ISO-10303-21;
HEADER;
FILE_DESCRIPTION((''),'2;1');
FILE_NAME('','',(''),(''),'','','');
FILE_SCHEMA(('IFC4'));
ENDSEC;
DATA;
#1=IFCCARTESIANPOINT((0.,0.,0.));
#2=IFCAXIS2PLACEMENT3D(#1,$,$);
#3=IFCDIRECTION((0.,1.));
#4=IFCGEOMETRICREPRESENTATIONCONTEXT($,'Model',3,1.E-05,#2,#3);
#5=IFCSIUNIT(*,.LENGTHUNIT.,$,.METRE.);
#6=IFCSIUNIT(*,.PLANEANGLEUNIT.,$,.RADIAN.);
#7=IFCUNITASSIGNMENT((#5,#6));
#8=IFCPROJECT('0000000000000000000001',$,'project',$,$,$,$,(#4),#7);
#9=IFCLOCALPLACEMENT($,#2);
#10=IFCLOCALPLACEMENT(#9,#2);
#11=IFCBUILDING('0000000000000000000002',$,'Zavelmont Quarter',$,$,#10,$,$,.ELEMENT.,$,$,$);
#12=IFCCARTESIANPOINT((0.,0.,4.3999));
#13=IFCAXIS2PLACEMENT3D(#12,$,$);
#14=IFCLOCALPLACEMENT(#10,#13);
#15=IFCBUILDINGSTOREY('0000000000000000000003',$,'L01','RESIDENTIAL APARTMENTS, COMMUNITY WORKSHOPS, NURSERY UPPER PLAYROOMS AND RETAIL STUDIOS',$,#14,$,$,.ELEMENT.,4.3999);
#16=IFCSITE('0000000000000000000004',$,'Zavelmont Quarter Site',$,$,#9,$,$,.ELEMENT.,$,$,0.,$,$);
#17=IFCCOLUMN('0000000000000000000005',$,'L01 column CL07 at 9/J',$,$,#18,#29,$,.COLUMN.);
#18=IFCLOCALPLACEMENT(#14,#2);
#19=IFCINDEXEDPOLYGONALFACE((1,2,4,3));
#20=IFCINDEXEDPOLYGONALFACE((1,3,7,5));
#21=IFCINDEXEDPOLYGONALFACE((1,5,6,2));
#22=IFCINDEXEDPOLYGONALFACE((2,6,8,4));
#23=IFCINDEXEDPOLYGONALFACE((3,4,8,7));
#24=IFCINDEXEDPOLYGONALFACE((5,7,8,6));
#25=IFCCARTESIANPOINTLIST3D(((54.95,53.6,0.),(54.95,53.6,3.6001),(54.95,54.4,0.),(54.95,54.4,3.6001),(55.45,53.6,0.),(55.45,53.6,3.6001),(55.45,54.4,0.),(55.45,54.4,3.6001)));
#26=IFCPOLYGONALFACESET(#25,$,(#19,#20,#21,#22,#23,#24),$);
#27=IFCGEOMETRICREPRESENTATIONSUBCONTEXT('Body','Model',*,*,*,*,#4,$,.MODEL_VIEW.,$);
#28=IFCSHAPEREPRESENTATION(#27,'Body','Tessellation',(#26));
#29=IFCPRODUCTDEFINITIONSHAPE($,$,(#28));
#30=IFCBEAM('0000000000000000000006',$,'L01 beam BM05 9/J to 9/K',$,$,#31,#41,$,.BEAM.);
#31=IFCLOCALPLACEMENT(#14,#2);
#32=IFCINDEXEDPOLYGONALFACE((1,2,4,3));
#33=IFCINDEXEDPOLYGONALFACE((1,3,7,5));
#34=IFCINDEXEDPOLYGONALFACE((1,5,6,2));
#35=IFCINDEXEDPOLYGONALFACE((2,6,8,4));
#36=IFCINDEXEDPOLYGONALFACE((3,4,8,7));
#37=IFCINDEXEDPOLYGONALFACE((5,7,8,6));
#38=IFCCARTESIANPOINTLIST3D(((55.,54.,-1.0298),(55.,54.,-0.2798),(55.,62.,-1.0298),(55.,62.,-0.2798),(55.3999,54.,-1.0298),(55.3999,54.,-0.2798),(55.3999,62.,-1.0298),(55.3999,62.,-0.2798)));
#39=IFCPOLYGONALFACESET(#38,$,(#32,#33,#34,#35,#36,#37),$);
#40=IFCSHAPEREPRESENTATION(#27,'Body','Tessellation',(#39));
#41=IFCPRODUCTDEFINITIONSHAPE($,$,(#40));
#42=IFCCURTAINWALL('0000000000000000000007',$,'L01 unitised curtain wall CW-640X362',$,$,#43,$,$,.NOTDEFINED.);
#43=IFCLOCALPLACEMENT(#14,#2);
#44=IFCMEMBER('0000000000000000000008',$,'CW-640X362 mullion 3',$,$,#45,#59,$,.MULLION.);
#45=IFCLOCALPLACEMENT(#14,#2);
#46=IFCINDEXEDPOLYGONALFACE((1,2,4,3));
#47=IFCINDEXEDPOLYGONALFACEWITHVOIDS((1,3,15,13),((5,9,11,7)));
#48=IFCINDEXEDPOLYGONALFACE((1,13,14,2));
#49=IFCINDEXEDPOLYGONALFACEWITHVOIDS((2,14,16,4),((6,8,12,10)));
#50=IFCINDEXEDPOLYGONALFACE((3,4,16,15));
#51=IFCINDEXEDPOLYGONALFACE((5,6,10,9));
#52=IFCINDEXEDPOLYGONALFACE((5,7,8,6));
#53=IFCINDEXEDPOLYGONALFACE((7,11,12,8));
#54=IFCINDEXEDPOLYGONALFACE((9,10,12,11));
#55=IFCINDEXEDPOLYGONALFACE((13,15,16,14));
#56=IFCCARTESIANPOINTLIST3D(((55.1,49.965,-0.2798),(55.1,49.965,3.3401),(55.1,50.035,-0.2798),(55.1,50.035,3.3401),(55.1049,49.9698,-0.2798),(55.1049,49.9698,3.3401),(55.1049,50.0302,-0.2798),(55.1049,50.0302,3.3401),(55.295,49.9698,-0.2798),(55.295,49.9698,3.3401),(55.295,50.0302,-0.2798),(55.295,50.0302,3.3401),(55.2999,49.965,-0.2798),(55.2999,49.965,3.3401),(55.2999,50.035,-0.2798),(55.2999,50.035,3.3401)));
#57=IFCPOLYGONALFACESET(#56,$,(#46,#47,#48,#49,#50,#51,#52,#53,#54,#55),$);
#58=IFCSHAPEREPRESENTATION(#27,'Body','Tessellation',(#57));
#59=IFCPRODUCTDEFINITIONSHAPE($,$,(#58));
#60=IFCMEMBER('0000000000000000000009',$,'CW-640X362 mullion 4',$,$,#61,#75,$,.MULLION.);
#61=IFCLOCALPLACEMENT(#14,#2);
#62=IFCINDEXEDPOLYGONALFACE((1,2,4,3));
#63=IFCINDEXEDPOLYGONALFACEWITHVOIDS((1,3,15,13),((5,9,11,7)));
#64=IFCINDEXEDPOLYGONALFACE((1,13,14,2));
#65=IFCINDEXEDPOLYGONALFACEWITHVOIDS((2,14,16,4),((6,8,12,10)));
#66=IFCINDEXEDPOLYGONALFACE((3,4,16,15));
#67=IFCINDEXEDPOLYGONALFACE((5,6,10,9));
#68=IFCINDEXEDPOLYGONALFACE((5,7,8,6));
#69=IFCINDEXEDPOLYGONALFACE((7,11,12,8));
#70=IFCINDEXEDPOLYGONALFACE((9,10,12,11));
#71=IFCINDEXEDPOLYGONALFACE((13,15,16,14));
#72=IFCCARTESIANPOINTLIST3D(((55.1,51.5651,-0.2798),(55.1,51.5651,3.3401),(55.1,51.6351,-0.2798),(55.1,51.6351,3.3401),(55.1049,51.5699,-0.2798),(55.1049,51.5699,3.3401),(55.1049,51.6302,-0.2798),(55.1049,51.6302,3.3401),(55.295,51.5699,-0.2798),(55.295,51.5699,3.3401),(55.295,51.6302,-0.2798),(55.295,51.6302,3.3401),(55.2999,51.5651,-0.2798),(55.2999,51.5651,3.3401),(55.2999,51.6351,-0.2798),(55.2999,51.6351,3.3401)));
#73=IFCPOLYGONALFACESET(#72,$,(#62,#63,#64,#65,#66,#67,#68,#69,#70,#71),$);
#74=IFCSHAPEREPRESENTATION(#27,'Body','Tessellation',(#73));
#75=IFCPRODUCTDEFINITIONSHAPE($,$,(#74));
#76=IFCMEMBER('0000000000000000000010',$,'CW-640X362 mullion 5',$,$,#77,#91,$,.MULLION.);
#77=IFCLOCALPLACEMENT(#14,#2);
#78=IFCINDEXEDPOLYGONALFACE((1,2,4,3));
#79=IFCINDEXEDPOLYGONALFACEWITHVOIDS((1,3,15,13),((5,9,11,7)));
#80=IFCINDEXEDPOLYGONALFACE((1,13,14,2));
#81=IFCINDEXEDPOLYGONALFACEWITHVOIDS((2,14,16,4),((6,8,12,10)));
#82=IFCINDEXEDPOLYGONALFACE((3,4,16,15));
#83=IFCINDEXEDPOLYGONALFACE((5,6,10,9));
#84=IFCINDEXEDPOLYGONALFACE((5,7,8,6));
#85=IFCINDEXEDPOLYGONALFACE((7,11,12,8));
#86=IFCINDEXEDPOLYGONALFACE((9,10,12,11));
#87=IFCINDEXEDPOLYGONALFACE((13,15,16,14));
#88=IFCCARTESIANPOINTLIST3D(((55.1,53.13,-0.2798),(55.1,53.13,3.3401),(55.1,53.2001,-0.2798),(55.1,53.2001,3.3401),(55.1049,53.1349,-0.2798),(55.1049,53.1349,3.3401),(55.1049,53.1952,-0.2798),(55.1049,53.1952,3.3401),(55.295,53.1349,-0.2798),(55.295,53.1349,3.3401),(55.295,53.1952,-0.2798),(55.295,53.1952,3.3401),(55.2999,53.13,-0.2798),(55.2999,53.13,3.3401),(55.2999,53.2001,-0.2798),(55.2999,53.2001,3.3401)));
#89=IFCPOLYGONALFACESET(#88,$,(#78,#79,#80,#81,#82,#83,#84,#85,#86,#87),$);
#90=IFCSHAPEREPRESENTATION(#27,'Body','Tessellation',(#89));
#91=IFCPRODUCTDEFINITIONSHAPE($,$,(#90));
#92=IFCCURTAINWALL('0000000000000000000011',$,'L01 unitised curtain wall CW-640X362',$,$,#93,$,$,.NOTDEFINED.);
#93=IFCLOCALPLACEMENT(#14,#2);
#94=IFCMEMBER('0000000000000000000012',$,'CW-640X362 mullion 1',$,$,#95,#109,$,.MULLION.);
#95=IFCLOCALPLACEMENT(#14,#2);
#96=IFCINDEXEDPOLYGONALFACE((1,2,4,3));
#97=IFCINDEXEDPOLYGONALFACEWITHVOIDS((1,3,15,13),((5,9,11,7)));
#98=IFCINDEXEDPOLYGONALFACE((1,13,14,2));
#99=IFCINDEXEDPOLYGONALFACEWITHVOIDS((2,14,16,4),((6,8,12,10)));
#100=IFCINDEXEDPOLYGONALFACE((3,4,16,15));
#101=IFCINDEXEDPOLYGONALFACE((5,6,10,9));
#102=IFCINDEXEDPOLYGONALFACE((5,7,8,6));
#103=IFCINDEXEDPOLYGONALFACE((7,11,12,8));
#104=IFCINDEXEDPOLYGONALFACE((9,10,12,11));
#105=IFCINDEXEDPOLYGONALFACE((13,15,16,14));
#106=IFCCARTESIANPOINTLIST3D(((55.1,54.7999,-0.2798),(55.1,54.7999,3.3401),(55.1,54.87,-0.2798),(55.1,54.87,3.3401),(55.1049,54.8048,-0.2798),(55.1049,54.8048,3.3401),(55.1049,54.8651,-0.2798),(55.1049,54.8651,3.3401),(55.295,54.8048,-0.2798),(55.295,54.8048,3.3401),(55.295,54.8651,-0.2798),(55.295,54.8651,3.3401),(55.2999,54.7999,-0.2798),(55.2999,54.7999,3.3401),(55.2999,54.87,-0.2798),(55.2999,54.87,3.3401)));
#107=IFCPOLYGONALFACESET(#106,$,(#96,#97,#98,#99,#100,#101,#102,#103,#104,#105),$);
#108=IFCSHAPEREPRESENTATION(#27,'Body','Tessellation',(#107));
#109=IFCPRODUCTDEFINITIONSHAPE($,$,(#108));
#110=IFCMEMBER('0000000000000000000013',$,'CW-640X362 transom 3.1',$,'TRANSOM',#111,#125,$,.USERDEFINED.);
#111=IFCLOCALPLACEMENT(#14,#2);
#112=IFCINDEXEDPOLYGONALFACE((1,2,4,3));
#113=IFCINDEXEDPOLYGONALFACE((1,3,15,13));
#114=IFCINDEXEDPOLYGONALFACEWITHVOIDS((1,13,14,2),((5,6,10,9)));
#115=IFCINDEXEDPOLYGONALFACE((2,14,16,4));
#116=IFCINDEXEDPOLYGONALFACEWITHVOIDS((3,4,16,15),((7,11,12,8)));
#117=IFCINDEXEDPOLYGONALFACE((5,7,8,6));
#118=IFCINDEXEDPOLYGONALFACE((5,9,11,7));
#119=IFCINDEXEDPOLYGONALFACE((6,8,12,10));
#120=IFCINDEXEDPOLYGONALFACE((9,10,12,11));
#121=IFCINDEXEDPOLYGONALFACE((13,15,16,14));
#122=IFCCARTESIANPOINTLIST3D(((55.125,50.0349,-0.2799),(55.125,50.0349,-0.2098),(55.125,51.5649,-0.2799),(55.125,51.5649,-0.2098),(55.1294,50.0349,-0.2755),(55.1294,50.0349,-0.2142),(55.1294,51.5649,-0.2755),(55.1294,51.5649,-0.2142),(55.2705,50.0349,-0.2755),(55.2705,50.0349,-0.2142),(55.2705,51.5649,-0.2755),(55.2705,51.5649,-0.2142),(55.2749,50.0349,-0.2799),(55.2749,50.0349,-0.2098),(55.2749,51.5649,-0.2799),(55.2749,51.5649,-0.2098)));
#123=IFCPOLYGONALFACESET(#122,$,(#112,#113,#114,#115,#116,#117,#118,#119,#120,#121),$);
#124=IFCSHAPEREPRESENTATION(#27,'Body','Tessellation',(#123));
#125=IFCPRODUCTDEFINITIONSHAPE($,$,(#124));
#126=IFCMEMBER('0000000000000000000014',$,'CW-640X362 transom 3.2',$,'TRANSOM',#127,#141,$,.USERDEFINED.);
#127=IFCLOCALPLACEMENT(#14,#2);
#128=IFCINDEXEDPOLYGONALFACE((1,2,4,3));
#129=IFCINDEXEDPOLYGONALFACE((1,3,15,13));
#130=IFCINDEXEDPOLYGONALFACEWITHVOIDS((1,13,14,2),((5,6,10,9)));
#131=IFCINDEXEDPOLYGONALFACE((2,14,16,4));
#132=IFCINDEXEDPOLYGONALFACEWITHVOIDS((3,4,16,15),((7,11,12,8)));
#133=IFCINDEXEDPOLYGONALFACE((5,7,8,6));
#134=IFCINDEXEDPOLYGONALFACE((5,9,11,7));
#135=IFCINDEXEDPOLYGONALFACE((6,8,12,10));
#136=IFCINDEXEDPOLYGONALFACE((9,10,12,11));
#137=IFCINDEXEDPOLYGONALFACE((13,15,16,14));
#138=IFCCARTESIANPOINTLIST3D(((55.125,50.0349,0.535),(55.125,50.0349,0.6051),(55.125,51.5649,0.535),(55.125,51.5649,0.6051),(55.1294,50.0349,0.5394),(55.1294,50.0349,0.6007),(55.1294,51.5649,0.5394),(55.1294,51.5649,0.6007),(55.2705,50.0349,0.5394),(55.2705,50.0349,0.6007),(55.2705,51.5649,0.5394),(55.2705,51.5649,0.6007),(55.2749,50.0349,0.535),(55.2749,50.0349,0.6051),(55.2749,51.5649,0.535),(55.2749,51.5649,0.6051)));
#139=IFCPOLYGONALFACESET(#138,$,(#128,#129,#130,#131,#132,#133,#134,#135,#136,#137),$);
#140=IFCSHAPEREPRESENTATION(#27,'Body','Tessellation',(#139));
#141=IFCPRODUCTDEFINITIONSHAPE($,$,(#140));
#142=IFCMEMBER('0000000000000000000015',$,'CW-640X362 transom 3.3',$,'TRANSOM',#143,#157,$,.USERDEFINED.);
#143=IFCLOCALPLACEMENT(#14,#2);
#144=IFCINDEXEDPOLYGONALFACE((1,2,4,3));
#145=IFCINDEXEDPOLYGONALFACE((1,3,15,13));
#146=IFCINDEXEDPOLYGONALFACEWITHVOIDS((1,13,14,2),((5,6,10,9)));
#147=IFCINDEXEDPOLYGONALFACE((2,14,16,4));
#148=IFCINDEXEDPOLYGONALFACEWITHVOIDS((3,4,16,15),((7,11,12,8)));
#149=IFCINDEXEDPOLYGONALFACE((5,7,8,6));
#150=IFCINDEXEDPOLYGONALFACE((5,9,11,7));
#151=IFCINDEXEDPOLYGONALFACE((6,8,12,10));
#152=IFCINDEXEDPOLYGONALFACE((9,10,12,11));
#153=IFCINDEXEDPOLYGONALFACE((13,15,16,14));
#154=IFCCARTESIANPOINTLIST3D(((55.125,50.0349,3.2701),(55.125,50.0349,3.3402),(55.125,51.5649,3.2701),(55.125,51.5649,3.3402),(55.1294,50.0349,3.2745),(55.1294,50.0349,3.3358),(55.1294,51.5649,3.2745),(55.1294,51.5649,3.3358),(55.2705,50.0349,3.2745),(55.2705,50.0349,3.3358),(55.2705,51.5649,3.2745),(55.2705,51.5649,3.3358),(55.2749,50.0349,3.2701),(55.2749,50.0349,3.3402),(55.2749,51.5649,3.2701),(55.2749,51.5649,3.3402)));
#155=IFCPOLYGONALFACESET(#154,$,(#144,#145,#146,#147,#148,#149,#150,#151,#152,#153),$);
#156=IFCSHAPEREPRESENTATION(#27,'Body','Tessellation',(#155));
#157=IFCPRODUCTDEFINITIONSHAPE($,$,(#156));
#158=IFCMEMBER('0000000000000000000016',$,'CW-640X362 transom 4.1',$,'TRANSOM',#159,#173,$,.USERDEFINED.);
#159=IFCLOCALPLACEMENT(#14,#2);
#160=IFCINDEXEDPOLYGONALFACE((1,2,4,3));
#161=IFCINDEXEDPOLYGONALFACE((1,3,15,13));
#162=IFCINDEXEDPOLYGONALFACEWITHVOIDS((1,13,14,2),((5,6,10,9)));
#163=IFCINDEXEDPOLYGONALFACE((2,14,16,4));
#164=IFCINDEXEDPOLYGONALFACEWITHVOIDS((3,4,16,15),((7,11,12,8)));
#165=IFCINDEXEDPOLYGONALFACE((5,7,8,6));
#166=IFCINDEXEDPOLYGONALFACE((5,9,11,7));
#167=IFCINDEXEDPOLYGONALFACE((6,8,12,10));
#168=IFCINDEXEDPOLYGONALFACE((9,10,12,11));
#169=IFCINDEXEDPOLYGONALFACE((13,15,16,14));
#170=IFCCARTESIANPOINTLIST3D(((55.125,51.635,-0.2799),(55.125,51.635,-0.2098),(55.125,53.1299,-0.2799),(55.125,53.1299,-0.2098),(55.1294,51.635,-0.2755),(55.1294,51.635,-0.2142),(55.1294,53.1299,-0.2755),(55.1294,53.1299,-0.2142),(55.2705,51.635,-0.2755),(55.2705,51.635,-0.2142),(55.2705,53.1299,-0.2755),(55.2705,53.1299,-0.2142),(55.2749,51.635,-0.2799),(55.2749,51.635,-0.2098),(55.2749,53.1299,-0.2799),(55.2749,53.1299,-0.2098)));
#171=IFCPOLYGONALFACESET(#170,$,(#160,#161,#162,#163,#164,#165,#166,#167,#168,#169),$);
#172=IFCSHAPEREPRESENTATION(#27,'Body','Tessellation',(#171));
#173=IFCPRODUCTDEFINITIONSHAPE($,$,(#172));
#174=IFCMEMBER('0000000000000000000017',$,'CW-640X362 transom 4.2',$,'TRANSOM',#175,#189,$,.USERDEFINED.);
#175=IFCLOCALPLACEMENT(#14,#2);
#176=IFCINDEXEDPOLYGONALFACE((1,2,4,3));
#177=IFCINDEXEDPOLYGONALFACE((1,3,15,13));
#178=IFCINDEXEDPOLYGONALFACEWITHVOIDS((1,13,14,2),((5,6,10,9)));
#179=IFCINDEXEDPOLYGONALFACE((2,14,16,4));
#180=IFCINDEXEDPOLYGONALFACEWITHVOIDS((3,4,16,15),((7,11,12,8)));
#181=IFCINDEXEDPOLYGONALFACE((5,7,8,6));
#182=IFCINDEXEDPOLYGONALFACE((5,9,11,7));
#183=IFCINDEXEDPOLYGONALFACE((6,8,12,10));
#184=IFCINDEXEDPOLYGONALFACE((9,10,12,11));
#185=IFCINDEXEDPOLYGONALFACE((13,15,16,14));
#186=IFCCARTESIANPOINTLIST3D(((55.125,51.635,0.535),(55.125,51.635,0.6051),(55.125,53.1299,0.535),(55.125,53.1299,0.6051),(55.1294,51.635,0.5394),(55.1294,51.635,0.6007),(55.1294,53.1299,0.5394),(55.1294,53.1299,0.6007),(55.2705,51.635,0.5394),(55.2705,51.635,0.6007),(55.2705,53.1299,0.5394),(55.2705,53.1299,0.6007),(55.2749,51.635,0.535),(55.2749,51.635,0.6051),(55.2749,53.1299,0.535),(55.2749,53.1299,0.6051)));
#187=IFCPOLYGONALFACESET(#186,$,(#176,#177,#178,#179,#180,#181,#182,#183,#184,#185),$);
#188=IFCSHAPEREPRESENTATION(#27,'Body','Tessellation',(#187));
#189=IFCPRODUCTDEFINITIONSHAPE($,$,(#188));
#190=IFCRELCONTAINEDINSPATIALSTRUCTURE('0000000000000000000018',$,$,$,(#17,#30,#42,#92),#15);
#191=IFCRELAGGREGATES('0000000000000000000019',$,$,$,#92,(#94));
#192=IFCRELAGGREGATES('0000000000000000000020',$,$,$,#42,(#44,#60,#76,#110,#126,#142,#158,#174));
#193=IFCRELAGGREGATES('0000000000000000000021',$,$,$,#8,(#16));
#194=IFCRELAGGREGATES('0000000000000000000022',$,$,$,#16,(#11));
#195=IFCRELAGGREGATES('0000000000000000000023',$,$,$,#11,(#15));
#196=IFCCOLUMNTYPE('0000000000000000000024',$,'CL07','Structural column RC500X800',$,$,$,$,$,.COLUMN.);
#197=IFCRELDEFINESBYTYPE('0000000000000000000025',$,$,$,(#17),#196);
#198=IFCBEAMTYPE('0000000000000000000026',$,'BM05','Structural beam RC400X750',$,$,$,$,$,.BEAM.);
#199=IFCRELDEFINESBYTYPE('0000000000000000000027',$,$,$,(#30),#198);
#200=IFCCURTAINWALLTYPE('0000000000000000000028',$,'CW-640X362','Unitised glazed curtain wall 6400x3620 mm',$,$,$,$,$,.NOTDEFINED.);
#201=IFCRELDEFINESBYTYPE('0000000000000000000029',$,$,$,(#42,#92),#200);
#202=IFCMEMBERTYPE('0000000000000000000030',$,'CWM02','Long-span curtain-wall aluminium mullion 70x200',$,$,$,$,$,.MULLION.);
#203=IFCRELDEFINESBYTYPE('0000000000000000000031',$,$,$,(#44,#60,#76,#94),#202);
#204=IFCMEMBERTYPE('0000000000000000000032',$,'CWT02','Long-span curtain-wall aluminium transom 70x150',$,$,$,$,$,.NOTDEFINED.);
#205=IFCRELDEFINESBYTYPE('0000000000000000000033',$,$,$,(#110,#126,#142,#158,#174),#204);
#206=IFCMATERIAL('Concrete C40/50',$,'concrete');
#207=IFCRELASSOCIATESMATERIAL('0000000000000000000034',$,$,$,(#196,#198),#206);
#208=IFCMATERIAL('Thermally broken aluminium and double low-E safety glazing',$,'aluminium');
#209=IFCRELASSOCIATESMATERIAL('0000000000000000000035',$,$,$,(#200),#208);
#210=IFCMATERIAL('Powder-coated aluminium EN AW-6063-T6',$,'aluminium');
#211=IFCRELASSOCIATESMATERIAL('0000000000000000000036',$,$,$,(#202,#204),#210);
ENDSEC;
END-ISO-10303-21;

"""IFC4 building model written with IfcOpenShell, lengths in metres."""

from ifc_helpers import new_model, si_unit, direction, frame, origin, origin_2d, place, context, subcontext, project, spatial, rectangle, hollow_rectangle, extrude, material, material_profile, profile_set, type_object, element, aggregate, save


model = new_model("IFC4")

# Units and contexts
model_context = context("Model", 3, precision=1e-05, world=origin(), true_north=direction((0.0, 1.0)))
body_context = subcontext(model_context, "Body", "Model", "MODEL_VIEW")
ifc_project = project(units=[si_unit("LENGTHUNIT", "METRE"), si_unit("PLANEANGLEUNIT", "RADIAN")], contexts=[model_context])

# Site, building, storey
site_placement = place(None, origin())
site = spatial("IfcSite", under=ifc_project, at=site_placement, Name="Zavelmont Quarter Site", CompositionType="ELEMENT", RefElevation=0.0)
building_placement = place(site_placement, origin())
building = spatial("IfcBuilding", under=site, at=building_placement, Name="Zavelmont Quarter", CompositionType="ELEMENT")
storey_placement = place(building_placement, frame((0.0, 0.0, 4.3999)))
storey = spatial("IfcBuildingStorey", under=building, at=storey_placement, Name="L01", Description="RESIDENTIAL APARTMENTS, COMMUNITY WORKSHOPS, NURSERY UPPER PLAYROOMS AND RETAIL STUDIOS", CompositionType="ELEMENT", Elevation=4.3999)

# Column
ifc_material_1 = material(Name="Concrete C40/50", Category="concrete")
ifc_material_profile_1 = material_profile(ifc_material_1, rectangle(XDim=0.5, YDim=0.8, at=origin_2d()), Name="RC500X800")
ifc_profile_set_1 = profile_set([ifc_material_profile_1], Name="Concrete C40/50")
column_type = type_object("IfcColumnType", Name="CL07", Description="Structural column RC500X800", PredefinedType="COLUMN", material=ifc_profile_set_1)
column_placement = place(storey_placement, frame((55.2, 54.0, 0.0), z_axis=(0.0, 0.0, 1.0), x_axis=(1.0, 0.0, 0.0)))
element("IfcColumn", 1, at=column_placement, inside=storey, type_object=column_type, Name="L01 column CL07 at 9/J", PredefinedType="COLUMN", context=body_context, shape_type="SweptSolid", body=[
    extrude(rectangle(XDim=0.5, YDim=0.8, at=origin_2d()), origin(), (0.0, 0.0, 1.0), 3.6001),
])

# Beam
ifc_material_profile_2 = material_profile(ifc_material_1, rectangle(XDim=0.3999, YDim=0.75, at=origin_2d()), Name="RC400X750")
ifc_profile_set_2 = profile_set([ifc_material_profile_2], Name="Concrete C40/50")
beam_type = type_object("IfcBeamType", Name="BM05", Description="Structural beam RC400X750", PredefinedType="BEAM", material=ifc_profile_set_2)
beam_placement = place(storey_placement, frame((55.2, 54.0, -0.6548), z_axis=(0.0, 1.0, 0.0), x_axis=(-1.0, 0.0, 0.0)))
element("IfcBeam", 2, at=beam_placement, inside=storey, type_object=beam_type, Name="L01 beam BM05 9/J to 9/K", PredefinedType="BEAM", context=body_context, shape_type="SweptSolid", body=[
    extrude(rectangle(XDim=0.3999, YDim=0.75, at=origin_2d()), origin(), (0.0, 0.0, 1.0), 8.0),
])

# Curtain wall, members
ifc_material_2 = material(Name="Thermally broken aluminium and double low-E safety glazing", Category="aluminium")
curtain_wall_type = type_object("IfcCurtainWallType", Name="CW-640X362", Description="Unitised glazed curtain wall 6400x3620 mm", PredefinedType="NOTDEFINED", material=ifc_material_2)
curtain_wall_1_placement = place(storey_placement, origin())
curtain_wall_1 = element("IfcCurtainWall", 3, at=curtain_wall_1_placement, inside=storey, type_object=curtain_wall_type, Name="L01 unitised curtain wall CW-640X362", PredefinedType="NOTDEFINED")
ifc_material_3 = material(Name="Powder-coated aluminium EN AW-6063-T6", Category="aluminium")
ifc_material_profile_3 = material_profile(ifc_material_3, hollow_rectangle(XDim=0.0701, YDim=0.2, WallThickness=0.0049, at=origin_2d()), Name="CWM70X200")
ifc_profile_set_3 = profile_set([ifc_material_profile_3], Name="Powder-coated aluminium EN AW-6063-T6")
member_type_1 = type_object("IfcMemberType", Name="CWM02", Description="Long-span curtain-wall aluminium mullion 70x200", PredefinedType="MULLION", material=ifc_profile_set_3)
member_1_placement = place(storey_placement, frame((55.2, 50.0, -0.2798), z_axis=(0.0, 0.0, 1.0), x_axis=(0.0, 1.0, 0.0)))
member_1 = element("IfcMember", 4, at=member_1_placement, type_object=member_type_1, Name="CW-640X362 mullion 3", PredefinedType="MULLION", context=body_context, shape_type="SweptSolid", body=[
    extrude(hollow_rectangle(XDim=0.0701, YDim=0.2, WallThickness=0.0049, at=origin_2d()), origin(), (0.0, 0.0, 1.0), 3.6199),
])
member_2_placement = place(storey_placement, frame((55.2, 51.6001, -0.2798), z_axis=(0.0, 0.0, 1.0), x_axis=(0.0, 1.0, 0.0)))
member_2 = element("IfcMember", 5, at=member_2_placement, type_object=member_type_1, Name="CW-640X362 mullion 4", PredefinedType="MULLION", context=body_context, shape_type="SweptSolid", body=[
    extrude(hollow_rectangle(XDim=0.0701, YDim=0.2, WallThickness=0.0049, at=origin_2d()), origin(), (0.0, 0.0, 1.0), 3.6199),
])
member_3_placement = place(storey_placement, frame((55.2, 53.165, -0.2798), z_axis=(0.0, 0.0, 1.0), x_axis=(0.0, 1.0, 0.0)))
member_3 = element("IfcMember", 6, at=member_3_placement, type_object=member_type_1, Name="CW-640X362 mullion 5", PredefinedType="MULLION", context=body_context, shape_type="SweptSolid", body=[
    extrude(hollow_rectangle(XDim=0.0701, YDim=0.2, WallThickness=0.0049, at=origin_2d()), origin(), (0.0, 0.0, 1.0), 3.6199),
])

# Curtain wall, member
curtain_wall_2_placement = place(storey_placement, origin())
curtain_wall_2 = element("IfcCurtainWall", 7, at=curtain_wall_2_placement, inside=storey, type_object=curtain_wall_type, Name="L01 unitised curtain wall CW-640X362", PredefinedType="NOTDEFINED")
member_4_placement = place(storey_placement, frame((55.2, 54.835, -0.2798), z_axis=(0.0, 0.0, 1.0), x_axis=(0.0, 1.0, 0.0)))
member_4 = element("IfcMember", 8, at=member_4_placement, type_object=member_type_1, Name="CW-640X362 mullion 1", PredefinedType="MULLION", context=body_context, shape_type="SweptSolid", body=[
    extrude(hollow_rectangle(XDim=0.0701, YDim=0.2, WallThickness=0.0049, at=origin_2d()), origin(), (0.0, 0.0, 1.0), 3.6199),
])

# Members
ifc_material_profile_4 = material_profile(ifc_material_3, hollow_rectangle(XDim=0.1499, YDim=0.0701, WallThickness=0.0044, at=origin_2d()), Name="CWT70X150")
ifc_profile_set_4 = profile_set([ifc_material_profile_4], Name="Powder-coated aluminium EN AW-6063-T6")
member_type_2 = type_object("IfcMemberType", Name="CWT02", Description="Long-span curtain-wall aluminium transom 70x150", PredefinedType="NOTDEFINED", material=ifc_profile_set_4)
member_5_placement = place(storey_placement, frame((55.2, 50.0349, -0.2449), z_axis=(0.0, 1.0, 0.0), x_axis=(-1.0, 0.0, 0.0)))
member_5 = element("IfcMember", 9, at=member_5_placement, type_object=member_type_2, Name="CW-640X362 transom 3.1", ObjectType="TRANSOM", PredefinedType="USERDEFINED", context=body_context, shape_type="SweptSolid", body=[
    extrude(hollow_rectangle(XDim=0.1499, YDim=0.0701, WallThickness=0.0044, at=origin_2d()), origin(), (0.0, 0.0, 1.0), 1.53),
])
member_6_placement = place(storey_placement, frame((55.2, 50.0349, 0.5701), z_axis=(0.0, 1.0, 0.0), x_axis=(-1.0, 0.0, 0.0)))
member_6 = element("IfcMember", 10, at=member_6_placement, type_object=member_type_2, Name="CW-640X362 transom 3.2", ObjectType="TRANSOM", PredefinedType="USERDEFINED", context=body_context, shape_type="SweptSolid", body=[
    extrude(hollow_rectangle(XDim=0.1499, YDim=0.0701, WallThickness=0.0044, at=origin_2d()), origin(), (0.0, 0.0, 1.0), 1.53),
])
member_7_placement = place(storey_placement, frame((55.2, 50.0349, 3.3052), z_axis=(0.0, 1.0, 0.0), x_axis=(-1.0, 0.0, 0.0)))
member_7 = element("IfcMember", 11, at=member_7_placement, type_object=member_type_2, Name="CW-640X362 transom 3.3", ObjectType="TRANSOM", PredefinedType="USERDEFINED", context=body_context, shape_type="SweptSolid", body=[
    extrude(hollow_rectangle(XDim=0.1499, YDim=0.0701, WallThickness=0.0044, at=origin_2d()), origin(), (0.0, 0.0, 1.0), 1.53),
])
member_8_placement = place(storey_placement, frame((55.2, 51.635, -0.2449), z_axis=(0.0, 1.0, 0.0), x_axis=(-1.0, 0.0, 0.0)))
member_8 = element("IfcMember", 12, at=member_8_placement, type_object=member_type_2, Name="CW-640X362 transom 4.1", ObjectType="TRANSOM", PredefinedType="USERDEFINED", context=body_context, shape_type="SweptSolid", body=[
    extrude(hollow_rectangle(XDim=0.1499, YDim=0.0701, WallThickness=0.0044, at=origin_2d()), origin(), (0.0, 0.0, 1.0), 1.4949),
])
member_9_placement = place(storey_placement, frame((55.2, 51.635, 0.5701), z_axis=(0.0, 1.0, 0.0), x_axis=(-1.0, 0.0, 0.0)))
member_9 = element("IfcMember", 13, at=member_9_placement, type_object=member_type_2, Name="CW-640X362 transom 4.2", ObjectType="TRANSOM", PredefinedType="USERDEFINED", context=body_context, shape_type="SweptSolid", body=[
    extrude(hollow_rectangle(XDim=0.1499, YDim=0.0701, WallThickness=0.0044, at=origin_2d()), origin(), (0.0, 0.0, 1.0), 1.4949),
])

aggregate(curtain_wall_2, [member_4])
aggregate(curtain_wall_1, [member_1, member_2, member_3, member_5, member_6, member_7, member_8, member_9])

save(model, "model.ifc")
